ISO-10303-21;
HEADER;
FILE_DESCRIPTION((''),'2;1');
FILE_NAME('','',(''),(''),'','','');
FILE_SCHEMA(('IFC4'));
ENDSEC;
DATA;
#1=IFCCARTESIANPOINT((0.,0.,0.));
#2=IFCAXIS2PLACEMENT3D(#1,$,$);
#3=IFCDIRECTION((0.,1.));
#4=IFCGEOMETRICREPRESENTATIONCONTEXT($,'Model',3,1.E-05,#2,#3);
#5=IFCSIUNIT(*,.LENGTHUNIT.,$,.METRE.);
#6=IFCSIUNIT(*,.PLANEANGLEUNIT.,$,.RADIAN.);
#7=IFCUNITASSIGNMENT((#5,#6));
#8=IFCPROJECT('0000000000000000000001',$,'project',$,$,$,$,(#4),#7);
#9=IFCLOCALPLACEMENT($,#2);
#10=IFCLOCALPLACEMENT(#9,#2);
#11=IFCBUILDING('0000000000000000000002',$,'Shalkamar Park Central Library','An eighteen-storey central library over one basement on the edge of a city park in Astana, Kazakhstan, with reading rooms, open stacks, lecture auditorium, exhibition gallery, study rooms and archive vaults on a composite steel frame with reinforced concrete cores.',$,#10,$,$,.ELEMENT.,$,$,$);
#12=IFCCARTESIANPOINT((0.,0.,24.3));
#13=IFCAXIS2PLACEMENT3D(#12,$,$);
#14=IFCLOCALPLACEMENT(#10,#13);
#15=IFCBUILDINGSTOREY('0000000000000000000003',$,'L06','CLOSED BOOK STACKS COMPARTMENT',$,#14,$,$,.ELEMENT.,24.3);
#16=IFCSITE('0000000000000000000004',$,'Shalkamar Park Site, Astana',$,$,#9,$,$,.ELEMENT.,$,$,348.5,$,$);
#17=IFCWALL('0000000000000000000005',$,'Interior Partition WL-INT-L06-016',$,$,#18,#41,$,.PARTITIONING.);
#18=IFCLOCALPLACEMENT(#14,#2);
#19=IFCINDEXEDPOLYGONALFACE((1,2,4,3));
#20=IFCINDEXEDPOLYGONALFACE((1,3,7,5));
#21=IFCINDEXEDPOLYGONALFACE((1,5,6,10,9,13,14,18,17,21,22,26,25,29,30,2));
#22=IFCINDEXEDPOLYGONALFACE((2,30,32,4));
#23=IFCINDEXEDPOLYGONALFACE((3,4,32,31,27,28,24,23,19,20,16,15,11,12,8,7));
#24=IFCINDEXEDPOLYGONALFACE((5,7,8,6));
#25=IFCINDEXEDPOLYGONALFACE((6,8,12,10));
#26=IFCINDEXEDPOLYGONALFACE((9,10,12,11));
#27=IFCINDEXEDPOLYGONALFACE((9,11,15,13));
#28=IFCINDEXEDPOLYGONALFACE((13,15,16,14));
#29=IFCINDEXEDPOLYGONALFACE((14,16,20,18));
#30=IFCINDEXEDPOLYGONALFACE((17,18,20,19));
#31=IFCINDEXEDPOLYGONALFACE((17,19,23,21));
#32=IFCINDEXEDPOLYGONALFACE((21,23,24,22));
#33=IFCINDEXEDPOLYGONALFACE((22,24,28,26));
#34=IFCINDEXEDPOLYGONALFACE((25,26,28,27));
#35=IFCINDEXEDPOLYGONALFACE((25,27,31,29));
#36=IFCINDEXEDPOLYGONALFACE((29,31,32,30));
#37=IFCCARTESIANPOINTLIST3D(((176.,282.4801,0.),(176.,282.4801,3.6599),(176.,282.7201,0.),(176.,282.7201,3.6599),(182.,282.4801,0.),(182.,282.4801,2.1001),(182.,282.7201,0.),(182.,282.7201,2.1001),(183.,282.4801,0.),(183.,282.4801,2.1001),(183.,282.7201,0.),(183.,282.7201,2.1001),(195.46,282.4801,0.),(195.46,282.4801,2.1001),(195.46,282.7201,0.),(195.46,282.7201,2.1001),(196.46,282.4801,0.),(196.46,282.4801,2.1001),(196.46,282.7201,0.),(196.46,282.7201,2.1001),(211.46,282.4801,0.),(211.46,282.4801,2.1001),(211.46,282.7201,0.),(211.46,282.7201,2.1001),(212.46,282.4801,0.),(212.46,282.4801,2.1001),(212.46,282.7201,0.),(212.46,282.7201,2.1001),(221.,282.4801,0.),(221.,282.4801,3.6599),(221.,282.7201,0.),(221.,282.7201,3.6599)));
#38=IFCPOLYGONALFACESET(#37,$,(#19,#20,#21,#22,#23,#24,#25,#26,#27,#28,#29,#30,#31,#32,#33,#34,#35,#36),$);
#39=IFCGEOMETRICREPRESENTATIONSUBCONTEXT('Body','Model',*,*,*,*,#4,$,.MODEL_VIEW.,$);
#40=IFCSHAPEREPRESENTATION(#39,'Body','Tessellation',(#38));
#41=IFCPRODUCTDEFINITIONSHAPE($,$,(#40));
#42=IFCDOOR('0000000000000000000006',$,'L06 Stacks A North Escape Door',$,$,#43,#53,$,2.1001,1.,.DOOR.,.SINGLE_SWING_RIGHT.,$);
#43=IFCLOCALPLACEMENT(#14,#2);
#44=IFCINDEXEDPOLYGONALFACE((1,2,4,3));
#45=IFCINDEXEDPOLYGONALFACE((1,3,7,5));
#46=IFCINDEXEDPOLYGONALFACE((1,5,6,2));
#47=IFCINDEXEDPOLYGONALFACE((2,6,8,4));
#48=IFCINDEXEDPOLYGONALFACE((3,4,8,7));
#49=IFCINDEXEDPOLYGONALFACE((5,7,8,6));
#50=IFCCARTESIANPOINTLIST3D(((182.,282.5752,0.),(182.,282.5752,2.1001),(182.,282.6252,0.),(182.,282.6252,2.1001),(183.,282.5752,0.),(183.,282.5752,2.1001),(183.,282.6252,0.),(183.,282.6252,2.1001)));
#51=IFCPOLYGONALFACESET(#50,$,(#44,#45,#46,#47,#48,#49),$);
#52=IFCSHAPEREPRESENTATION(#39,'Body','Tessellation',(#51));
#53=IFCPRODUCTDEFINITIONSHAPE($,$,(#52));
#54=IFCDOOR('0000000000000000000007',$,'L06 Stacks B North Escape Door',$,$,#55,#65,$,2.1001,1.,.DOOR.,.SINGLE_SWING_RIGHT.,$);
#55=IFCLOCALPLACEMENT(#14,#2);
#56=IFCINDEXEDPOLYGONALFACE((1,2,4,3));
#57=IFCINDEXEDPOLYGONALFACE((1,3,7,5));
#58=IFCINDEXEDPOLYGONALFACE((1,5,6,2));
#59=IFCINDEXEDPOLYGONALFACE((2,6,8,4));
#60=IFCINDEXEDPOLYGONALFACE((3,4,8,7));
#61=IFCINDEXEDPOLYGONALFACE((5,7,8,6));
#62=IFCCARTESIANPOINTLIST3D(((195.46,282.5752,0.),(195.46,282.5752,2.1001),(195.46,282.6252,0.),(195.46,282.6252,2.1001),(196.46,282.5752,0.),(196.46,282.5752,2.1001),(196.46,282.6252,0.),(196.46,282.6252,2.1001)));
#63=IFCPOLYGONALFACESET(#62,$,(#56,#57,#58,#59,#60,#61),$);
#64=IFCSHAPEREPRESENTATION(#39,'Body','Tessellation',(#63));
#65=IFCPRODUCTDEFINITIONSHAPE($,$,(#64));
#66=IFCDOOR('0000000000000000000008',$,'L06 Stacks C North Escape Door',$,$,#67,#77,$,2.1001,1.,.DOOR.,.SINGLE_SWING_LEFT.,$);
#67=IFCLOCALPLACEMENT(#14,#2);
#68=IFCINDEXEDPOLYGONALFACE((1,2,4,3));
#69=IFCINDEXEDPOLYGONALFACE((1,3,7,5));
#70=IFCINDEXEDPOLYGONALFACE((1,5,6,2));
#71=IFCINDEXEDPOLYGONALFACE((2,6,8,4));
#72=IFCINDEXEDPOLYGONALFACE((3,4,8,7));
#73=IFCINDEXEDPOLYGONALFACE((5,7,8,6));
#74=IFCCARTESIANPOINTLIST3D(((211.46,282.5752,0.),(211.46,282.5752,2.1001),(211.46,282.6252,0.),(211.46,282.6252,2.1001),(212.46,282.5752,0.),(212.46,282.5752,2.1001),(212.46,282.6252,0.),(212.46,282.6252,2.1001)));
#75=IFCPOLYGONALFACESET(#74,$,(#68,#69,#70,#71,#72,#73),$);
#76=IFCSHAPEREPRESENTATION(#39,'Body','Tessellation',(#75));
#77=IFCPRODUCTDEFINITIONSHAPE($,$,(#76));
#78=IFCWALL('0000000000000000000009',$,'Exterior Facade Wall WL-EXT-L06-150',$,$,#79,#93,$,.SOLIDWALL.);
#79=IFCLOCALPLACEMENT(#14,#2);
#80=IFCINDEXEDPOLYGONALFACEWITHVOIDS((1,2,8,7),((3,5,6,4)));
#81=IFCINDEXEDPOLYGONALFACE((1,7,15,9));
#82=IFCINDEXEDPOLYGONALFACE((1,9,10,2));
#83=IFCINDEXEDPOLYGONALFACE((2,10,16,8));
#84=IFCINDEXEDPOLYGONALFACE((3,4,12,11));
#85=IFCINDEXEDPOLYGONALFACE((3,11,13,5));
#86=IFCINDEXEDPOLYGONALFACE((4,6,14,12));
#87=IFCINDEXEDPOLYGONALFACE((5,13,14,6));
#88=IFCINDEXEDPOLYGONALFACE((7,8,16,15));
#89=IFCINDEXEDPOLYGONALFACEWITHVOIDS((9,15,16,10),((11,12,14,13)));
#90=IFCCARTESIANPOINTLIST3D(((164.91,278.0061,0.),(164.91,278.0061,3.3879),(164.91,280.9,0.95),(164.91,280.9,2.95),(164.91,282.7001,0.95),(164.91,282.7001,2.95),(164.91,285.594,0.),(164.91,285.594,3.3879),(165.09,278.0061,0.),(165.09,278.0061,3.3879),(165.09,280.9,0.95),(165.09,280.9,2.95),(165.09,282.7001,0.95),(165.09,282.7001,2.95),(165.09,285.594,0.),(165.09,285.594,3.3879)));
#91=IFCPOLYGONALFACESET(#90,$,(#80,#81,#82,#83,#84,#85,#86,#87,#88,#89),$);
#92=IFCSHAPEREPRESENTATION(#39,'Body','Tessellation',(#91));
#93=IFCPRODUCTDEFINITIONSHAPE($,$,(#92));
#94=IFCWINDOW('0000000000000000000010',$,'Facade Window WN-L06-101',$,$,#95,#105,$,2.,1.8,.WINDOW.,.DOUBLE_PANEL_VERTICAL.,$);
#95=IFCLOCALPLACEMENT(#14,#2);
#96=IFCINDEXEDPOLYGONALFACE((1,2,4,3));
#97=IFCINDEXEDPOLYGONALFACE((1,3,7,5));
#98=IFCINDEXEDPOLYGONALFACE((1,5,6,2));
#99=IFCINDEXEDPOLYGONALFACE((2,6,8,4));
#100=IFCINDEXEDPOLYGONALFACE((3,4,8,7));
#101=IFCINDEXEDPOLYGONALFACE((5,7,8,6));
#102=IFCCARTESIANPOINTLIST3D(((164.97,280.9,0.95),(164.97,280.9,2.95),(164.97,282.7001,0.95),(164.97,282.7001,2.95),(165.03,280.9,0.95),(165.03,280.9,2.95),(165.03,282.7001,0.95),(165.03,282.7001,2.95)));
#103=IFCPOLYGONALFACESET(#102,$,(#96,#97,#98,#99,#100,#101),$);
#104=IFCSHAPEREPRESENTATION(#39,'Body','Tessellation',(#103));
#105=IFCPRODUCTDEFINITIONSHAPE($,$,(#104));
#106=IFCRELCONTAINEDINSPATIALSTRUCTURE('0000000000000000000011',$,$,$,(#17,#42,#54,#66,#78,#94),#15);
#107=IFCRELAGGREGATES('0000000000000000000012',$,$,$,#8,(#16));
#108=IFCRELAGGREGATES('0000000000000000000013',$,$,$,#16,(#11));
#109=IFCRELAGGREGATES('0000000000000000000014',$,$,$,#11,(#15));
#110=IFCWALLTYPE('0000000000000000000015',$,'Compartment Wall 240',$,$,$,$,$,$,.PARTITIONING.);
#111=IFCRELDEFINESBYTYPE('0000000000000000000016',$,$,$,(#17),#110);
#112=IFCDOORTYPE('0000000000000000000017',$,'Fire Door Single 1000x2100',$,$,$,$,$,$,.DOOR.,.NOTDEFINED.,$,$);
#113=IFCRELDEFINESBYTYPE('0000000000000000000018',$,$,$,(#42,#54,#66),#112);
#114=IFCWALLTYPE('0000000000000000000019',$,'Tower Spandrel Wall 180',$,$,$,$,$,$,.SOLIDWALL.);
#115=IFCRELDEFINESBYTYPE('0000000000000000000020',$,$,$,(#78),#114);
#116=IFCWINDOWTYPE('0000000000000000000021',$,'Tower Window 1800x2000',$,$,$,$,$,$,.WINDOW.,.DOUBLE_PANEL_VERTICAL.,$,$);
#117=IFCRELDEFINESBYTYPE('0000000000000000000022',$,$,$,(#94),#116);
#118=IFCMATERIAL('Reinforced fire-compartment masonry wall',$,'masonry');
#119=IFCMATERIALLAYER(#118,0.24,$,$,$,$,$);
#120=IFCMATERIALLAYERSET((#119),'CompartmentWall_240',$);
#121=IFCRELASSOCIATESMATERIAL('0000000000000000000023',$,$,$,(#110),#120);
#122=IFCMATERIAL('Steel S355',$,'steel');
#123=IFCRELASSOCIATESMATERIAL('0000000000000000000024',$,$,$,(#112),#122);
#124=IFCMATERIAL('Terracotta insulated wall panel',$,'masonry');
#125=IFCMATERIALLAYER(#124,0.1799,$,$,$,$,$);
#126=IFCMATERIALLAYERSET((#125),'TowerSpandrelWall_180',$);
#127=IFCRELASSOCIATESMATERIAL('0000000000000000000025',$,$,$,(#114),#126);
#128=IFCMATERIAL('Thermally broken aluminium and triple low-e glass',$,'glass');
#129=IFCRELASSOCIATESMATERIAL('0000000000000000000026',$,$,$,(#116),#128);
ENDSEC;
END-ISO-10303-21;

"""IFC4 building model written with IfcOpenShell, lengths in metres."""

from ifc_helpers import new_model, si_unit, direction, frame, frame_2d, origin, place, context, subcontext, project, spatial, rectangle, extrude, material, layer, layer_set, type_object, element, fill, save


model = new_model("IFC4")

# Units and contexts
model_context = context("Model", 3, precision=1e-05, world=origin(), true_north=direction((0.0, 1.0)))
body_context = subcontext(model_context, "Body", "Model", "MODEL_VIEW")
ifc_project = project(units=[si_unit("LENGTHUNIT", "METRE"), si_unit("PLANEANGLEUNIT", "RADIAN")], contexts=[model_context])

# Site, building, storey
site_placement = place(None, origin())
site = spatial("IfcSite", under=ifc_project, at=site_placement, Name="Shalkamar Park Site, Astana", CompositionType="ELEMENT", RefElevation=348.5)
building_placement = place(site_placement, origin())
building = spatial("IfcBuilding", under=site, at=building_placement, Name="Shalkamar Park Central Library", Description="An eighteen-storey central library over one basement on the edge of a city park in Astana, Kazakhstan, with reading rooms, open stacks, lecture auditorium, exhibition gallery, study rooms and archive vaults on a composite steel frame with reinforced concrete cores.", CompositionType="ELEMENT")
storey_placement = place(building_placement, frame((0.0, 0.0, 24.3)))
storey = spatial("IfcBuildingStorey", under=building, at=storey_placement, Name="L06", Description="CLOSED BOOK STACKS COMPARTMENT", CompositionType="ELEMENT", Elevation=24.3)

# Shared definitions
ifc_material_1 = material(Name="Steel S355", Category="steel")

# Shared definitions
ifc_material_2 = material(Name="Reinforced fire-compartment masonry wall", Category="masonry")
ifc_layer_1 = layer(ifc_material_2, 0.24)
ifc_layer_set_1 = layer_set([ifc_layer_1], Name="CompartmentWall_240")
wall_type_1 = type_object("IfcWallType", Name="Compartment Wall 240", PredefinedType="PARTITIONING", material=ifc_layer_set_1)

# Wall, openings, doors
wall_1_placement = place(storey_placement, frame((176.0, 282.6001, 0.0), z_axis=(0.0, 0.0, 1.0), x_axis=(1.0, 0.0, 0.0)))
wall_1 = element("IfcWall", 1, at=wall_1_placement, inside=storey, type_object=wall_type_1, Name="Interior Partition WL-INT-L06-016", PredefinedType="PARTITIONING", context=body_context, shape_type="SweptSolid", body=[
    extrude(rectangle(XDim=45.0, YDim=0.24, at=frame_2d((22.5, 0.0))), origin(), (0.0, 0.0, 1.0), 3.6599),
])
opening_1_placement = place(wall_1_placement, frame((6.0, 0.0, 0.0)))
opening_1 = element("IfcOpeningElement", 2, at=opening_1_placement, cuts=wall_1, PredefinedType="OPENING", context=body_context, shape_type="SweptSolid", body=[
    extrude(rectangle(XDim=1.0, YDim=2.1001, at=frame_2d((0.5, 1.05))), frame((0.0, 0.1348, 0.0), z_axis=(0.0, -1.0, 0.0), x_axis=(1.0, 0.0, 0.0)), (0.0, 0.0, 1.0), 0.2698),
])
opening_2_placement = place(wall_1_placement, frame((19.46, 0.0, 0.0)))
opening_2 = element("IfcOpeningElement", 3, at=opening_2_placement, cuts=wall_1, PredefinedType="OPENING", context=body_context, shape_type="SweptSolid", body=[
    extrude(rectangle(XDim=1.0, YDim=2.1001, at=frame_2d((0.5, 1.05))), frame((0.0, 0.1348, 0.0), z_axis=(0.0, -1.0, 0.0), x_axis=(1.0, 0.0, 0.0)), (0.0, 0.0, 1.0), 0.2698),
])
opening_3_placement = place(wall_1_placement, frame((35.46, 0.0, 0.0)))
opening_3 = element("IfcOpeningElement", 4, at=opening_3_placement, cuts=wall_1, PredefinedType="OPENING", context=body_context, shape_type="SweptSolid", body=[
    extrude(rectangle(XDim=1.0, YDim=2.1001, at=frame_2d((0.5, 1.05))), frame((0.0, 0.1348, 0.0), z_axis=(0.0, -1.0, 0.0), x_axis=(1.0, 0.0, 0.0)), (0.0, 0.0, 1.0), 0.2698),
])
door_type = type_object("IfcDoorType", Name="Fire Door Single 1000x2100", OperationType="NOTDEFINED", PredefinedType="DOOR", material=ifc_material_1)
door_1_placement = place(opening_1_placement, frame((1.0, 0.0, 0.0), z_axis=(0.0, 0.0, 1.0), x_axis=(-1.0, 0.0, 0.0)))
door_1 = element("IfcDoor", 5, at=door_1_placement, inside=storey, type_object=door_type, Name="L06 Stacks A North Escape Door", OperationType="SINGLE_SWING_RIGHT", OverallHeight=2.1001, OverallWidth=1.0, PredefinedType="DOOR", context=body_context, shape_type="SweptSolid", body=[
    extrude(rectangle(XDim=1.0, YDim=2.1001, at=frame_2d((0.5, 1.05))), frame((0.0, 0.0249, 0.0), z_axis=(0.0, -1.0, 0.0), x_axis=(1.0, 0.0, 0.0)), (0.0, 0.0, 1.0), 0.05),
])
fill(opening_1, door_1)
door_2_placement = place(opening_2_placement, frame((1.0, 0.0, 0.0), z_axis=(0.0, 0.0, 1.0), x_axis=(-1.0, 0.0, 0.0)))
door_2 = element("IfcDoor", 6, at=door_2_placement, inside=storey, type_object=door_type, Name="L06 Stacks B North Escape Door", OperationType="SINGLE_SWING_RIGHT", OverallHeight=2.1001, OverallWidth=1.0, PredefinedType="DOOR", context=body_context, shape_type="SweptSolid", body=[
    extrude(rectangle(XDim=1.0, YDim=2.1001, at=frame_2d((0.5, 1.05))), frame((0.0, 0.0249, 0.0), z_axis=(0.0, -1.0, 0.0), x_axis=(1.0, 0.0, 0.0)), (0.0, 0.0, 1.0), 0.05),
])
fill(opening_2, door_2)
door_3_placement = place(opening_3_placement, frame((1.0, 0.0, 0.0), z_axis=(0.0, 0.0, 1.0), x_axis=(-1.0, 0.0, 0.0)))
door_3 = element("IfcDoor", 7, at=door_3_placement, inside=storey, type_object=door_type, Name="L06 Stacks C North Escape Door", OperationType="SINGLE_SWING_LEFT", OverallHeight=2.1001, OverallWidth=1.0, PredefinedType="DOOR", context=body_context, shape_type="SweptSolid", body=[
    extrude(rectangle(XDim=1.0, YDim=2.1001, at=frame_2d((0.5, 1.05))), frame((0.0, 0.0249, 0.0), z_axis=(0.0, -1.0, 0.0), x_axis=(1.0, 0.0, 0.0)), (0.0, 0.0, 1.0), 0.05),
])
fill(opening_3, door_3)

# Wall, opening, window
ifc_material_3 = material(Name="Terracotta insulated wall panel", Category="masonry")
ifc_layer_2 = layer(ifc_material_3, 0.1799)
ifc_layer_set_2 = layer_set([ifc_layer_2], Name="TowerSpandrelWall_180")
wall_type_2 = type_object("IfcWallType", Name="Tower Spandrel Wall 180", PredefinedType="SOLIDWALL", material=ifc_layer_set_2)
wall_2_placement = place(storey_placement, frame((165.0, 278.0061, 0.0), z_axis=(0.0, 0.0, 1.0), x_axis=(0.0, 1.0, 0.0)))
wall_2 = element("IfcWall", 8, at=wall_2_placement, inside=storey, type_object=wall_type_2, Name="Exterior Facade Wall WL-EXT-L06-150", PredefinedType="SOLIDWALL", context=body_context, shape_type="SweptSolid", body=[
    extrude(rectangle(XDim=7.5879, YDim=0.1799, at=frame_2d((3.7939, 0.0))), origin(), (0.0, 0.0, 1.0), 3.3879),
])
opening_4_placement = place(wall_2_placement, frame((2.894, 0.0, 0.95)))
opening_4 = element("IfcOpeningElement", 9, at=opening_4_placement, cuts=wall_2, PredefinedType="OPENING", context=body_context, shape_type="SweptSolid", body=[
    extrude(rectangle(XDim=1.8, YDim=2.0, at=frame_2d((0.8999, 1.0))), frame((0.0, 0.105, 0.0), z_axis=(0.0, -1.0, 0.0), x_axis=(1.0, 0.0, 0.0)), (0.0, 0.0, 1.0), 0.2097),
])
ifc_material_4 = material(Name="Thermally broken aluminium and triple low-e glass", Category="glass")
window_type = type_object("IfcWindowType", Name="Tower Window 1800x2000", PartitioningType="DOUBLE_PANEL_VERTICAL", PredefinedType="WINDOW", material=ifc_material_4)
window_placement = place(opening_4_placement, origin())
window = element("IfcWindow", 10, at=window_placement, inside=storey, type_object=window_type, Name="Facade Window WN-L06-101", OverallHeight=2.0, OverallWidth=1.8, PartitioningType="DOUBLE_PANEL_VERTICAL", PredefinedType="WINDOW", context=body_context, shape_type="SweptSolid", body=[
    extrude(rectangle(XDim=1.8, YDim=2.0, at=frame_2d((0.8999, 1.0))), frame((0.0, 0.03, 0.0), z_axis=(0.0, -1.0, 0.0), x_axis=(1.0, 0.0, 0.0)), (0.0, 0.0, 1.0), 0.0601),
])
fill(opening_4, window)

save(model, "model.ifc")
